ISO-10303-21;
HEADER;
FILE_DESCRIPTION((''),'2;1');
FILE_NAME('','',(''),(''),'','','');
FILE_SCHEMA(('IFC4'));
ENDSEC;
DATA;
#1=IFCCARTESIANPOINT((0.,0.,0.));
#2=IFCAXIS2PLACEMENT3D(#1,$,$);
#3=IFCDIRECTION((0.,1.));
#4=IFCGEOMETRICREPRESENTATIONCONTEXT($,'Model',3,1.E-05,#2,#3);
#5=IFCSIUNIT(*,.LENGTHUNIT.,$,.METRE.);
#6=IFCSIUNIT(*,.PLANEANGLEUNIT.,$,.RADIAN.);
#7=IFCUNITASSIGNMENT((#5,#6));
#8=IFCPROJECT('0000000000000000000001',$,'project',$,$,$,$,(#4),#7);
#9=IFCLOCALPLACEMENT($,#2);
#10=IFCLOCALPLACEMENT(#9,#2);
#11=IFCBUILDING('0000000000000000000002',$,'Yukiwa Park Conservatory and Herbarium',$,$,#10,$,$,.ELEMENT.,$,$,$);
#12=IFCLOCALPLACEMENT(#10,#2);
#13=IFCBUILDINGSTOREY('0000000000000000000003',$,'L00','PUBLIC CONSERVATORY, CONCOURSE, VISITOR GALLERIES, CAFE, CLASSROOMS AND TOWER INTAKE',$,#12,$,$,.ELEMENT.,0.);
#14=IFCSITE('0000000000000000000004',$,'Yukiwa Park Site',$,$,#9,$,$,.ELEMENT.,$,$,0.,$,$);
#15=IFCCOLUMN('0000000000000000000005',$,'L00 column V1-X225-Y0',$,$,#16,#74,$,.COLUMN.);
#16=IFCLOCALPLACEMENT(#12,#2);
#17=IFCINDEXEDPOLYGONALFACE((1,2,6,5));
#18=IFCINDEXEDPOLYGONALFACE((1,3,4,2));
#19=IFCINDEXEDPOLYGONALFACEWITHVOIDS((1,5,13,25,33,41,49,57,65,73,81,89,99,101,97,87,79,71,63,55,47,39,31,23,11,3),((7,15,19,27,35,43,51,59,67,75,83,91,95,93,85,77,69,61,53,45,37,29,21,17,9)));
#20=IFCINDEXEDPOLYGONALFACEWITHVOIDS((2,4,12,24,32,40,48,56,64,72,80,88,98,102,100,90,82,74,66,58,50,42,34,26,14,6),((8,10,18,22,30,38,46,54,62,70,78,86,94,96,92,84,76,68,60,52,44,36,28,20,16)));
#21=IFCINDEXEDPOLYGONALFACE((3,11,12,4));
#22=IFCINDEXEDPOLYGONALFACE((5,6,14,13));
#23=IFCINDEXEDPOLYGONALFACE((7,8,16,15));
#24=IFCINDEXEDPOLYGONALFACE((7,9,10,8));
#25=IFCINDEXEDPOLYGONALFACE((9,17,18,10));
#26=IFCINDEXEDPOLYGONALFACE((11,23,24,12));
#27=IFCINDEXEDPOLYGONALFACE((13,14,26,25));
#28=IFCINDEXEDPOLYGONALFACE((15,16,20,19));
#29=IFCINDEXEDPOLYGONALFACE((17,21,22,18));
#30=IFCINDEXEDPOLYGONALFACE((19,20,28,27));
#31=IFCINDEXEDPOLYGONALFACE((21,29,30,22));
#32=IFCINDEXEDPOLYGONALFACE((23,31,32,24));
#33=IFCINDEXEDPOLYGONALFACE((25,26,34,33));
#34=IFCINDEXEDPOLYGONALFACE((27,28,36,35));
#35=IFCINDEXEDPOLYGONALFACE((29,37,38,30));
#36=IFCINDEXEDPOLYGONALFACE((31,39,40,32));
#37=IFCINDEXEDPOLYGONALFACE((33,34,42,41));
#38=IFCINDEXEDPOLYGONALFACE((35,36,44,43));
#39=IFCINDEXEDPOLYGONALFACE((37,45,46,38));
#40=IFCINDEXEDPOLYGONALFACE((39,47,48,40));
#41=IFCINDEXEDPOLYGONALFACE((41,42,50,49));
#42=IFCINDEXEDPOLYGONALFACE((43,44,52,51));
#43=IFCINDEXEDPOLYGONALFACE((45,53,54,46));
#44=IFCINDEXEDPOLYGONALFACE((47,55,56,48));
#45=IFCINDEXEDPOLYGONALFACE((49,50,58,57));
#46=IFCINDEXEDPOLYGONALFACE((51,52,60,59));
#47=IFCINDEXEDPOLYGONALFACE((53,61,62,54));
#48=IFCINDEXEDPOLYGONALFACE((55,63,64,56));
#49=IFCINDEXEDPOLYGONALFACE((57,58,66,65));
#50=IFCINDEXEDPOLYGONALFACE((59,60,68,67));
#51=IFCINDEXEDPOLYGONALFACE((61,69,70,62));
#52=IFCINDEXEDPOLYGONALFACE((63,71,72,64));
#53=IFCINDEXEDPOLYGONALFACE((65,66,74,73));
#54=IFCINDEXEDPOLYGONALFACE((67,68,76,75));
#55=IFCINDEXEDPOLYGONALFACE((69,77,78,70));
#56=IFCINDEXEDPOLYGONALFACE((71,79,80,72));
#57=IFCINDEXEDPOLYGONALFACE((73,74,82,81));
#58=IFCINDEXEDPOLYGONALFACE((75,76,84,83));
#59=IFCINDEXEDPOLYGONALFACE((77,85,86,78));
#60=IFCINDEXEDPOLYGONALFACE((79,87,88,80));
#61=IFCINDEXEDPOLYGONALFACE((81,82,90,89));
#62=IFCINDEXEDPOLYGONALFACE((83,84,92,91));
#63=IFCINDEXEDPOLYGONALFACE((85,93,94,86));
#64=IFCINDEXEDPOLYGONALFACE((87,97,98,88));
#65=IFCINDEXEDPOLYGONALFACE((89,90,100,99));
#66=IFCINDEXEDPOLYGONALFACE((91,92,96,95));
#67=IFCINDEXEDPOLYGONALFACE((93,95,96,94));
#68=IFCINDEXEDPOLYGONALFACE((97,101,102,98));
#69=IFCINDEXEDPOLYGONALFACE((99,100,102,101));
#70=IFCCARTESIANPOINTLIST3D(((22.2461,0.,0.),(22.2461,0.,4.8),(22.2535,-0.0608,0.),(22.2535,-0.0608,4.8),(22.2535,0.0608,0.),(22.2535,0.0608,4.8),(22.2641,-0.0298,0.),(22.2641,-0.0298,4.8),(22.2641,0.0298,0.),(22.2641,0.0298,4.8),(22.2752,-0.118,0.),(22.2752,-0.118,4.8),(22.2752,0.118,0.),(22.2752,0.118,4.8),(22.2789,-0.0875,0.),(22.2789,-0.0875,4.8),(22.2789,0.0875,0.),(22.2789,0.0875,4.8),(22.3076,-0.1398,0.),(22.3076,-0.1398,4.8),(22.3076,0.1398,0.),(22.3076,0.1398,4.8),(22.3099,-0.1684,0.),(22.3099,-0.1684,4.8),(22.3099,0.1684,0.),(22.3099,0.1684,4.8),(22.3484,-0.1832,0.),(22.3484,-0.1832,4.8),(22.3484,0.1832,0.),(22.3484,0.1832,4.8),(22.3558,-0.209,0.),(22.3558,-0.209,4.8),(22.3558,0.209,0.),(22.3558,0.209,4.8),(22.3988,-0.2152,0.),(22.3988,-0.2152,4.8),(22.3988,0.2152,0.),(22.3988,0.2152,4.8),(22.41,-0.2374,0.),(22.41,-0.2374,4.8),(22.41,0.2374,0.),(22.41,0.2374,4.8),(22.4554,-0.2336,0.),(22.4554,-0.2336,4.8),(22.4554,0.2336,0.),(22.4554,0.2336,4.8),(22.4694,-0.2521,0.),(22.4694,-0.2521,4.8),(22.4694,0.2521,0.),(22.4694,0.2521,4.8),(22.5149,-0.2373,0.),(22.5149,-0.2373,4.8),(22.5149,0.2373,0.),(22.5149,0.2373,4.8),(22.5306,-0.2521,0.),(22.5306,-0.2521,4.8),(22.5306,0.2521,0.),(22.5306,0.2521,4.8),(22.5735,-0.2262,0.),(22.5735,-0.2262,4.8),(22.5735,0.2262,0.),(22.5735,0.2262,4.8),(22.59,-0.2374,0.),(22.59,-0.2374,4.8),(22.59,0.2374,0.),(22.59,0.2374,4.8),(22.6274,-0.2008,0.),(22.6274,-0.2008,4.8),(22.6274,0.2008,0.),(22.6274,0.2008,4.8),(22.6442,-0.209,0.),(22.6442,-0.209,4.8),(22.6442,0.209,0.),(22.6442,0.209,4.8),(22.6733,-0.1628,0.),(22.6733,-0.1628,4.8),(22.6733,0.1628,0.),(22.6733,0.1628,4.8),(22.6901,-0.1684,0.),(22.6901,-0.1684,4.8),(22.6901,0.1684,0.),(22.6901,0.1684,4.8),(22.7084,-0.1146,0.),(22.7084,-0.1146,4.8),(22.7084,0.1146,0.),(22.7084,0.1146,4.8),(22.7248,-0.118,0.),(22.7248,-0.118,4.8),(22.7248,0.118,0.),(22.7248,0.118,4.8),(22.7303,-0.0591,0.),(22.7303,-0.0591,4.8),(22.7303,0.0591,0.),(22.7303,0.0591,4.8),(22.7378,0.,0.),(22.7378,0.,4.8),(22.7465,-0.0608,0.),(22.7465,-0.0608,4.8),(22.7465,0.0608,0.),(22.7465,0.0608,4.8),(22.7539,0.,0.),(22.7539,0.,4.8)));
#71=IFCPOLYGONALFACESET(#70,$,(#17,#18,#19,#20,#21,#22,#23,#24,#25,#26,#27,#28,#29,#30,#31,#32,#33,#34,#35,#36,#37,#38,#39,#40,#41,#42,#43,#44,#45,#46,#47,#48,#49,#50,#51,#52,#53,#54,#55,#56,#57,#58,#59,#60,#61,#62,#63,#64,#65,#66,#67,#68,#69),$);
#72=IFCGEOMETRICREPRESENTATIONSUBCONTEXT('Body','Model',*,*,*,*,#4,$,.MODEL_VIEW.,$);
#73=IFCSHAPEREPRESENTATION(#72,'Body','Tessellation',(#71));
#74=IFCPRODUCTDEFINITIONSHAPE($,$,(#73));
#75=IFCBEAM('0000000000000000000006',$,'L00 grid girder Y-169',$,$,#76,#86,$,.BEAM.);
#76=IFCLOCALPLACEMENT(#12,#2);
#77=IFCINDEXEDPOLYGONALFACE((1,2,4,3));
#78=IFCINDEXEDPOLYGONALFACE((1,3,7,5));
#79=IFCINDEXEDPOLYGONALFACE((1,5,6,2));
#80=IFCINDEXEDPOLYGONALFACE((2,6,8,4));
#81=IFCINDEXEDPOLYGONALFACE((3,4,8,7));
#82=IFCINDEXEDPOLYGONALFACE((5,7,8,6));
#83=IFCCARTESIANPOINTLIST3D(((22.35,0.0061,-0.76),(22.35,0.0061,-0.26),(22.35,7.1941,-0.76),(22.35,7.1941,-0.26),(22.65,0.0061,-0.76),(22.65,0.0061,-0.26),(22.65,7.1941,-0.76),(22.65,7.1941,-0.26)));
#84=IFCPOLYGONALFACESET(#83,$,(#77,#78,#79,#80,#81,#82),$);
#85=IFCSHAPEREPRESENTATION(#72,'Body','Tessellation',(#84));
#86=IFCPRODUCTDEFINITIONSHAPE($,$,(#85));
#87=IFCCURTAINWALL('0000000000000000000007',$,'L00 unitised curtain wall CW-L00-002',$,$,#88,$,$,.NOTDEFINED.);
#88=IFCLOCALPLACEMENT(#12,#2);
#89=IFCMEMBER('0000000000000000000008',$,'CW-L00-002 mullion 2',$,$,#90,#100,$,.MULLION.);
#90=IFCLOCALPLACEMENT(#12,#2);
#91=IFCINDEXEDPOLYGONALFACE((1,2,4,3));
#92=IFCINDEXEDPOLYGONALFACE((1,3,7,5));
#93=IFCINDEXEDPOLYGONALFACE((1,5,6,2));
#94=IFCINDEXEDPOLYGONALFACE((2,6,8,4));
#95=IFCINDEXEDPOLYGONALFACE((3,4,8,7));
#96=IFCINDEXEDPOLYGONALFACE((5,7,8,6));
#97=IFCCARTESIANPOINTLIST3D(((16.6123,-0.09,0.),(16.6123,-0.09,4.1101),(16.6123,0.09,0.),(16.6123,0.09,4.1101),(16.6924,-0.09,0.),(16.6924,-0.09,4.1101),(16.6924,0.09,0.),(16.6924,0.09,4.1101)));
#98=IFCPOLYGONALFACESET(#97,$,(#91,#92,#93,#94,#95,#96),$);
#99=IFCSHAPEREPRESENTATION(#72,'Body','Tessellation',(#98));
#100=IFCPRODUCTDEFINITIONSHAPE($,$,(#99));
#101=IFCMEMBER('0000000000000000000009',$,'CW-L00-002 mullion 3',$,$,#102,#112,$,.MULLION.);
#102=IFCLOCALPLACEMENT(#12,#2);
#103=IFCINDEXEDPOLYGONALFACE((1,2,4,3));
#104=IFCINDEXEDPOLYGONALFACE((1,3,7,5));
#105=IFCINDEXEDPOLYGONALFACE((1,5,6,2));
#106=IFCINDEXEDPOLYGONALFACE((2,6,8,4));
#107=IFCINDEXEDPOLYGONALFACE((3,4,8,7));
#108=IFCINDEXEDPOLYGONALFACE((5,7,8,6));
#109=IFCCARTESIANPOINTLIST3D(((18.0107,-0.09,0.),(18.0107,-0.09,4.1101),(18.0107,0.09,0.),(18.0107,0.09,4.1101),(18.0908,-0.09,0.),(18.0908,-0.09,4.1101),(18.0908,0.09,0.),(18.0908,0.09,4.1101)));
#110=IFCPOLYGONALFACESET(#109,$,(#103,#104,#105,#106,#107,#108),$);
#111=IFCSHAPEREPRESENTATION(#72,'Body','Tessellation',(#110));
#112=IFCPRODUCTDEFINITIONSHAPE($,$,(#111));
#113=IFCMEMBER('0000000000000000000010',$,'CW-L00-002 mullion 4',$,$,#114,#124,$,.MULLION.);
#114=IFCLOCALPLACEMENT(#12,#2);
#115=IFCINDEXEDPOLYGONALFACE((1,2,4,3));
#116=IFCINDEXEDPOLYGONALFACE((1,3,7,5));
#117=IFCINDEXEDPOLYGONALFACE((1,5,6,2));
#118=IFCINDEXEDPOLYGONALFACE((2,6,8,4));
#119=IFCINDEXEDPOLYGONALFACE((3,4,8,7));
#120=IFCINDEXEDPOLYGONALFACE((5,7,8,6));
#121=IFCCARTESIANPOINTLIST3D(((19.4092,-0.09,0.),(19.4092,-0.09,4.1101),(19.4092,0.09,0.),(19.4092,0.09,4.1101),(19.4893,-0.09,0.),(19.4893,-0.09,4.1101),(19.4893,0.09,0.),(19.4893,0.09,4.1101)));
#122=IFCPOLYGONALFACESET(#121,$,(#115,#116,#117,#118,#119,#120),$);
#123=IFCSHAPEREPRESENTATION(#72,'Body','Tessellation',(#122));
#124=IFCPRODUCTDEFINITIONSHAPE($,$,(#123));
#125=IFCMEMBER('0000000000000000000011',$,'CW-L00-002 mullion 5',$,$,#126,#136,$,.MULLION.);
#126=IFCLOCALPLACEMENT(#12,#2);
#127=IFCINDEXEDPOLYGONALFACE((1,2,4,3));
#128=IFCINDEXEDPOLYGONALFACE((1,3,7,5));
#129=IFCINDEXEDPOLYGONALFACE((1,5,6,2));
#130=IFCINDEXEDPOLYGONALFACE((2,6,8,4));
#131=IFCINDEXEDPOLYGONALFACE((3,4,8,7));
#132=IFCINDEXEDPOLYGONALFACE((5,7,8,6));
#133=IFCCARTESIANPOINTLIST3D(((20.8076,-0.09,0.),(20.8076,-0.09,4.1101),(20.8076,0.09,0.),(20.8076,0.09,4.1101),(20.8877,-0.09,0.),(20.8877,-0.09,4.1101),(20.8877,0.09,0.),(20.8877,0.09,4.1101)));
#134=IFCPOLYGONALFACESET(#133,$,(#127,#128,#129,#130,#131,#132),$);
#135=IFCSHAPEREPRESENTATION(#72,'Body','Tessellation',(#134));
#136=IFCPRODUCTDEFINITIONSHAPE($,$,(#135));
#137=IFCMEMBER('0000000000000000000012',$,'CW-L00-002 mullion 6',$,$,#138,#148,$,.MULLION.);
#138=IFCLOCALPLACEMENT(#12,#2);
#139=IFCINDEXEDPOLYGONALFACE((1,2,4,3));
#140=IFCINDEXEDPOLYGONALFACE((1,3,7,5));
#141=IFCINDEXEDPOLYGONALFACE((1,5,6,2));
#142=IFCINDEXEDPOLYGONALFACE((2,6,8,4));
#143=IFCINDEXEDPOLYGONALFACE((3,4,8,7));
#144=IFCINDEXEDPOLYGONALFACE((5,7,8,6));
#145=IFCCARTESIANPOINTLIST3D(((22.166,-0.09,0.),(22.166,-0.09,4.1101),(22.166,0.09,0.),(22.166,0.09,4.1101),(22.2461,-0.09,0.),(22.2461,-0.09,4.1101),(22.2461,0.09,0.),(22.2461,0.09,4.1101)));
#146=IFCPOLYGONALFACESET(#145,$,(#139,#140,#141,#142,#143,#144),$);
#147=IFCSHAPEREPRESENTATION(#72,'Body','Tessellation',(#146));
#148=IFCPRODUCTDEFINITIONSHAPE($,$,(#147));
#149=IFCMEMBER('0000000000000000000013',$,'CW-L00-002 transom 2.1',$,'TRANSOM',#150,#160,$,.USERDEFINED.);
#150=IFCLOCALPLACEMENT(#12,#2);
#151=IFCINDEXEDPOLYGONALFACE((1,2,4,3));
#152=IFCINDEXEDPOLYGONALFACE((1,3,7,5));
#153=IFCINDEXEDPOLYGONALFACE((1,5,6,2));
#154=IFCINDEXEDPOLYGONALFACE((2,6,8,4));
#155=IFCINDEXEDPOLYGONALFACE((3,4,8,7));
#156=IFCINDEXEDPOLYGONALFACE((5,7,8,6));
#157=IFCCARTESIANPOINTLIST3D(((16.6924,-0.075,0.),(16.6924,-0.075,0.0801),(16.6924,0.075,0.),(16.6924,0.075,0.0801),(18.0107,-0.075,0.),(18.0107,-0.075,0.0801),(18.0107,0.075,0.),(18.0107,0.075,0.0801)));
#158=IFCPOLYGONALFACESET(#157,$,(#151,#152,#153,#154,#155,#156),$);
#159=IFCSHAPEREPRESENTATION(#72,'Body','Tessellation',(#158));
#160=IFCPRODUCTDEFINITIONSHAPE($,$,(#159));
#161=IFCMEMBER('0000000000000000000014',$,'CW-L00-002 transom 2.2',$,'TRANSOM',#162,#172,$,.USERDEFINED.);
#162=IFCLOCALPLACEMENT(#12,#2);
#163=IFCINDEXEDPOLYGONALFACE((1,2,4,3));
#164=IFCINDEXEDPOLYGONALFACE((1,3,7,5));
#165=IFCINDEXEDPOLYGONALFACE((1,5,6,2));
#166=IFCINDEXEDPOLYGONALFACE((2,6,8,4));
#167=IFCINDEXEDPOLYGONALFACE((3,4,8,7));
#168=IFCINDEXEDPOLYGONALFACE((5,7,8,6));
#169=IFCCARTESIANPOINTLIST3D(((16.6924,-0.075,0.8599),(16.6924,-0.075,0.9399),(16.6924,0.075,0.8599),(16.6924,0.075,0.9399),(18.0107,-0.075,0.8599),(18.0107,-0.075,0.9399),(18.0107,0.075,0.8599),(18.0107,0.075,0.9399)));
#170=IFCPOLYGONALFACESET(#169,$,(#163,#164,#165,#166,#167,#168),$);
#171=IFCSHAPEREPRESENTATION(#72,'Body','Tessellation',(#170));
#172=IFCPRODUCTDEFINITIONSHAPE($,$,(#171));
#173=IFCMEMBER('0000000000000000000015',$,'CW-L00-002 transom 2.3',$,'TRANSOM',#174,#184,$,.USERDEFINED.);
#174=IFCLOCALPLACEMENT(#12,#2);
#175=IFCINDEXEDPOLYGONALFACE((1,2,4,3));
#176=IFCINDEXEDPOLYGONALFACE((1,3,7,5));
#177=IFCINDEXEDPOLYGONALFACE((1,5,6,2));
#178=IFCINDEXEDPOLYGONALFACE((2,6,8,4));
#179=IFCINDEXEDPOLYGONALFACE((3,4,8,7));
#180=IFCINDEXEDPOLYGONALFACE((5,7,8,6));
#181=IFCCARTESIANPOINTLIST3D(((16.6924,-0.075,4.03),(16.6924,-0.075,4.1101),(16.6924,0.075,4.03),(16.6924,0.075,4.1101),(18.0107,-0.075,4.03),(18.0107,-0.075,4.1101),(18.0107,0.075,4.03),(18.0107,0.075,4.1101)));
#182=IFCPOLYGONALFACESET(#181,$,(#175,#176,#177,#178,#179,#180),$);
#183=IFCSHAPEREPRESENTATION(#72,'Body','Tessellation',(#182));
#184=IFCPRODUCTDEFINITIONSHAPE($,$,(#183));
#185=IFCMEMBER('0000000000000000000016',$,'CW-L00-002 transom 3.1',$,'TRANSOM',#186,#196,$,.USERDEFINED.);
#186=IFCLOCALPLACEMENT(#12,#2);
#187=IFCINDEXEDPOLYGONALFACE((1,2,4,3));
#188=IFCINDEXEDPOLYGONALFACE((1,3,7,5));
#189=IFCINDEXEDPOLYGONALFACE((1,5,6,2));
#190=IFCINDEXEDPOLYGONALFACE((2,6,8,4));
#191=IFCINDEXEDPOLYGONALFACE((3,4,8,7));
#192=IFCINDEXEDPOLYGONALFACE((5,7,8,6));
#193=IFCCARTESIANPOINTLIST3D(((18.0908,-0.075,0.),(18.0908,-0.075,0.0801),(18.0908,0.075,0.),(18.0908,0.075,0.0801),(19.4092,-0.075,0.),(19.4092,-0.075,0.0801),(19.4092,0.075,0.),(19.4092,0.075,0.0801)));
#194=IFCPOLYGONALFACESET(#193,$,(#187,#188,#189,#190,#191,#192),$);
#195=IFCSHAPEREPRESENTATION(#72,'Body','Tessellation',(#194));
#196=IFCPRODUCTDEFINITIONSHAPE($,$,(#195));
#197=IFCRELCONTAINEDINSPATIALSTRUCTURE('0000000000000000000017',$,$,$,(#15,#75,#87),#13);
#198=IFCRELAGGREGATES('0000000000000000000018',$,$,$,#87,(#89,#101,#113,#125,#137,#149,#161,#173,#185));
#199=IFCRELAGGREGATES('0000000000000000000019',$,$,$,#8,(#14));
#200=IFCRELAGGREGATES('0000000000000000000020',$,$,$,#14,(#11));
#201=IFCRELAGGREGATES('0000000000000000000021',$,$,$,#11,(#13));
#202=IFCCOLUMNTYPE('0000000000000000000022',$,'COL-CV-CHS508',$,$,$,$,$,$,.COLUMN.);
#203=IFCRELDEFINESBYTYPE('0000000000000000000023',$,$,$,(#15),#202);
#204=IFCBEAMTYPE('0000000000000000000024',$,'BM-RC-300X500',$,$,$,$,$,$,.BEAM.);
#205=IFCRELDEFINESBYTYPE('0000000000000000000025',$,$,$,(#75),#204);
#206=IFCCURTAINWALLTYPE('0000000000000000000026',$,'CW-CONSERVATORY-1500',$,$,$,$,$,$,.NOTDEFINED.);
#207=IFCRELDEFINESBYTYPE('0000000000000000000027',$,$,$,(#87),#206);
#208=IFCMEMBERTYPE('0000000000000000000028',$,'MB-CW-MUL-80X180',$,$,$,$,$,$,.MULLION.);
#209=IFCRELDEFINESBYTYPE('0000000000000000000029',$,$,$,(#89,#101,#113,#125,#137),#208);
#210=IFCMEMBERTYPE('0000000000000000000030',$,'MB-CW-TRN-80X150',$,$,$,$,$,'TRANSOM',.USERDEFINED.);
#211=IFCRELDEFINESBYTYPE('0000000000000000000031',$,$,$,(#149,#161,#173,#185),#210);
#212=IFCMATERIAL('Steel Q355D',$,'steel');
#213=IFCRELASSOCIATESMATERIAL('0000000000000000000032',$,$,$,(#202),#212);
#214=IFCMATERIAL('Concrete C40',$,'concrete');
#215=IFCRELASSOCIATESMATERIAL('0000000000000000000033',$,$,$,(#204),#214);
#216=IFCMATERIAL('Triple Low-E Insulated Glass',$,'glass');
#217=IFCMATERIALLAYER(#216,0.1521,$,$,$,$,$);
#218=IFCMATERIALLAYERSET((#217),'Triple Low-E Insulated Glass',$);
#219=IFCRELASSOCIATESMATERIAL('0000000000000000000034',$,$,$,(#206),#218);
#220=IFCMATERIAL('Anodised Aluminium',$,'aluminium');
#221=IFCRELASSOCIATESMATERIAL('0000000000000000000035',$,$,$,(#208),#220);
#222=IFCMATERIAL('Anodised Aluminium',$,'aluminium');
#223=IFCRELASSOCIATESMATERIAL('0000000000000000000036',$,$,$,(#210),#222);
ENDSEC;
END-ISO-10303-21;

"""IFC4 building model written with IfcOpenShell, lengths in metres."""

from ifc_helpers import new_model, si_unit, direction, frame, origin, origin_2d, place, context, subcontext, project, spatial, rectangle, hollow_circle, extrude, material, layer, layer_set, material_profile, profile_set, type_object, element, aggregate, save


model = new_model("IFC4")

# Units and contexts
model_context = context("Model", 3, precision=1e-05, world=origin(), true_north=direction((0.0, 1.0)))
body_context = subcontext(model_context, "Body", "Model", "MODEL_VIEW")
ifc_project = project(units=[si_unit("LENGTHUNIT", "METRE"), si_unit("PLANEANGLEUNIT", "RADIAN")], contexts=[model_context])

# Site, building, storey
site_placement = place(None, origin())
site = spatial("IfcSite", under=ifc_project, at=site_placement, Name="Yukiwa Park Site", CompositionType="ELEMENT", RefElevation=0.0)
building_placement = place(site_placement, origin())
building = spatial("IfcBuilding", under=site, at=building_placement, Name="Yukiwa Park Conservatory and Herbarium", CompositionType="ELEMENT")
storey_placement = place(building_placement, origin())
storey = spatial("IfcBuildingStorey", under=building, at=storey_placement, Name="L00", Description="PUBLIC CONSERVATORY, CONCOURSE, VISITOR GALLERIES, CAFE, CLASSROOMS AND TOWER INTAKE", CompositionType="ELEMENT", Elevation=0.0)

# Column
ifc_material_1 = material(Name="Steel Q355D", Category="steel")
ifc_material_profile_1 = material_profile(ifc_material_1, hollow_circle(Radius=0.2539, WallThickness=0.0161, at=origin_2d()), Name="CHS 508x16")
ifc_profile_set_1 = profile_set([ifc_material_profile_1], Name="Steel Q355D")
column_type = type_object("IfcColumnType", Name="COL-CV-CHS508", PredefinedType="COLUMN", material=ifc_profile_set_1)
column_placement = place(storey_placement, frame((22.5, 0.0, 0.0), z_axis=(0.0, 0.0, 1.0), x_axis=(1.0, 0.0, 0.0)))
element("IfcColumn", 1, at=column_placement, inside=storey, type_object=column_type, Name="L00 column V1-X225-Y0", PredefinedType="COLUMN", context=body_context, shape_type="SweptSolid", body=[
    extrude(hollow_circle(Radius=0.2539, WallThickness=0.0161, at=origin_2d()), origin(), (0.0, 0.0, 1.0), 4.8),
])

# Beam
ifc_material_2 = material(Name="Concrete C40", Category="concrete")
ifc_material_profile_2 = material_profile(ifc_material_2, rectangle(XDim=0.3, YDim=0.5, at=origin_2d()), Name="RC 300x500")
ifc_profile_set_2 = profile_set([ifc_material_profile_2], Name="Concrete C40")
beam_type = type_object("IfcBeamType", Name="BM-RC-300X500", PredefinedType="BEAM", material=ifc_profile_set_2)
beam_placement = place(storey_placement, frame((22.5, 0.0061, -0.51), z_axis=(0.0, 1.0, 0.0), x_axis=(-1.0, 0.0, 0.0)))
element("IfcBeam", 2, at=beam_placement, inside=storey, type_object=beam_type, Name="L00 grid girder Y-169", PredefinedType="BEAM", context=body_context, shape_type="SweptSolid", body=[
    extrude(rectangle(XDim=0.3, YDim=0.5, at=origin_2d()), origin(), (0.0, 0.0, 1.0), 7.188),
])

# Curtain wall, members
ifc_material_3 = material(Name="Triple Low-E Insulated Glass", Category="glass")
ifc_layer_1 = layer(ifc_material_3, 0.1521)
ifc_layer_set_1 = layer_set([ifc_layer_1], Name="Triple Low-E Insulated Glass")
curtain_wall_type = type_object("IfcCurtainWallType", Name="CW-CONSERVATORY-1500", PredefinedType="NOTDEFINED", material=ifc_layer_set_1)
curtain_wall_placement = place(storey_placement, origin())
curtain_wall = element("IfcCurtainWall", 3, at=curtain_wall_placement, inside=storey, type_object=curtain_wall_type, Name="L00 unitised curtain wall CW-L00-002", PredefinedType="NOTDEFINED")
ifc_material_4 = material(Name="Anodised Aluminium", Category="aluminium")
member_type_1 = type_object("IfcMemberType", Name="MB-CW-MUL-80X180", PredefinedType="MULLION", material=ifc_material_4)
member_1_placement = place(storey_placement, frame((16.6523, 0.0, 0.0), z_axis=(0.0, 0.0, 1.0), x_axis=(1.0, 0.0, 0.0)))
member_1 = element("IfcMember", 4, at=member_1_placement, type_object=member_type_1, Name="CW-L00-002 mullion 2", PredefinedType="MULLION", context=body_context, shape_type="SweptSolid", body=[
    extrude(rectangle(XDim=0.0801, YDim=0.1799, at=origin_2d()), origin(), (0.0, 0.0, 1.0), 4.1101),
])
member_2_placement = place(storey_placement, frame((18.0508, 0.0, 0.0), z_axis=(0.0, 0.0, 1.0), x_axis=(1.0, 0.0, 0.0)))
member_2 = element("IfcMember", 5, at=member_2_placement, type_object=member_type_1, Name="CW-L00-002 mullion 3", PredefinedType="MULLION", context=body_context, shape_type="SweptSolid", body=[
    extrude(rectangle(XDim=0.0801, YDim=0.1799, at=origin_2d()), origin(), (0.0, 0.0, 1.0), 4.1101),
])
member_3_placement = place(storey_placement, frame((19.4492, 0.0, 0.0), z_axis=(0.0, 0.0, 1.0), x_axis=(1.0, 0.0, 0.0)))
member_3 = element("IfcMember", 6, at=member_3_placement, type_object=member_type_1, Name="CW-L00-002 mullion 4", PredefinedType="MULLION", context=body_context, shape_type="SweptSolid", body=[
    extrude(rectangle(XDim=0.0801, YDim=0.1799, at=origin_2d()), origin(), (0.0, 0.0, 1.0), 4.1101),
])
member_4_placement = place(storey_placement, frame((20.8477, 0.0, 0.0), z_axis=(0.0, 0.0, 1.0), x_axis=(1.0, 0.0, 0.0)))
member_4 = element("IfcMember", 7, at=member_4_placement, type_object=member_type_1, Name="CW-L00-002 mullion 5", PredefinedType="MULLION", context=body_context, shape_type="SweptSolid", body=[
    extrude(rectangle(XDim=0.0801, YDim=0.1799, at=origin_2d()), origin(), (0.0, 0.0, 1.0), 4.1101),
])
member_5_placement = place(storey_placement, frame((22.2061, 0.0, 0.0), z_axis=(0.0, 0.0, 1.0), x_axis=(1.0, 0.0, 0.0)))
member_5 = element("IfcMember", 8, at=member_5_placement, type_object=member_type_1, Name="CW-L00-002 mullion 6", PredefinedType="MULLION", context=body_context, shape_type="SweptSolid", body=[
    extrude(rectangle(XDim=0.0801, YDim=0.1799, at=origin_2d()), origin(), (0.0, 0.0, 1.0), 4.1101),
])
ifc_material_5 = material(Name="Anodised Aluminium", Category="aluminium")
member_type_2 = type_object("IfcMemberType", Name="MB-CW-TRN-80X150", ElementType="TRANSOM", PredefinedType="USERDEFINED", material=ifc_material_5)
member_6_placement = place(storey_placement, frame((17.3516, 0.0, 0.0), z_axis=(0.0, 0.0, 1.0), x_axis=(1.0, 0.0, 0.0)))
member_6 = element("IfcMember", 9, at=member_6_placement, type_object=member_type_2, Name="CW-L00-002 transom 2.1", ObjectType="TRANSOM", PredefinedType="USERDEFINED", context=body_context, shape_type="SweptSolid", body=[
    extrude(rectangle(XDim=1.3184, YDim=0.1499, at=origin_2d()), origin(), (0.0, 0.0, 1.0), 0.0801),
])
member_7_placement = place(storey_placement, frame((17.3516, 0.0, 0.8599), z_axis=(0.0, 0.0, 1.0), x_axis=(1.0, 0.0, 0.0)))
member_7 = element("IfcMember", 10, at=member_7_placement, type_object=member_type_2, Name="CW-L00-002 transom 2.2", ObjectType="TRANSOM", PredefinedType="USERDEFINED", context=body_context, shape_type="SweptSolid", body=[
    extrude(rectangle(XDim=1.3184, YDim=0.1499, at=origin_2d()), origin(), (0.0, 0.0, 1.0), 0.0801),
])
member_8_placement = place(storey_placement, frame((17.3516, 0.0, 4.03), z_axis=(0.0, 0.0, 1.0), x_axis=(1.0, 0.0, 0.0)))
member_8 = element("IfcMember", 11, at=member_8_placement, type_object=member_type_2, Name="CW-L00-002 transom 2.3", ObjectType="TRANSOM", PredefinedType="USERDEFINED", context=body_context, shape_type="SweptSolid", body=[
    extrude(rectangle(XDim=1.3184, YDim=0.1499, at=origin_2d()), origin(), (0.0, 0.0, 1.0), 0.0801),
])
member_9_placement = place(storey_placement, frame((18.75, 0.0, 0.0), z_axis=(0.0, 0.0, 1.0), x_axis=(1.0, 0.0, 0.0)))
member_9 = element("IfcMember", 12, at=member_9_placement, type_object=member_type_2, Name="CW-L00-002 transom 3.1", ObjectType="TRANSOM", PredefinedType="USERDEFINED", context=body_context, shape_type="SweptSolid", body=[
    extrude(rectangle(XDim=1.3184, YDim=0.1499, at=origin_2d()), origin(), (0.0, 0.0, 1.0), 0.0801),
])
aggregate(curtain_wall, [member_1, member_2, member_3, member_4, member_5, member_6, member_7, member_8, member_9])

save(model, "model.ifc")
